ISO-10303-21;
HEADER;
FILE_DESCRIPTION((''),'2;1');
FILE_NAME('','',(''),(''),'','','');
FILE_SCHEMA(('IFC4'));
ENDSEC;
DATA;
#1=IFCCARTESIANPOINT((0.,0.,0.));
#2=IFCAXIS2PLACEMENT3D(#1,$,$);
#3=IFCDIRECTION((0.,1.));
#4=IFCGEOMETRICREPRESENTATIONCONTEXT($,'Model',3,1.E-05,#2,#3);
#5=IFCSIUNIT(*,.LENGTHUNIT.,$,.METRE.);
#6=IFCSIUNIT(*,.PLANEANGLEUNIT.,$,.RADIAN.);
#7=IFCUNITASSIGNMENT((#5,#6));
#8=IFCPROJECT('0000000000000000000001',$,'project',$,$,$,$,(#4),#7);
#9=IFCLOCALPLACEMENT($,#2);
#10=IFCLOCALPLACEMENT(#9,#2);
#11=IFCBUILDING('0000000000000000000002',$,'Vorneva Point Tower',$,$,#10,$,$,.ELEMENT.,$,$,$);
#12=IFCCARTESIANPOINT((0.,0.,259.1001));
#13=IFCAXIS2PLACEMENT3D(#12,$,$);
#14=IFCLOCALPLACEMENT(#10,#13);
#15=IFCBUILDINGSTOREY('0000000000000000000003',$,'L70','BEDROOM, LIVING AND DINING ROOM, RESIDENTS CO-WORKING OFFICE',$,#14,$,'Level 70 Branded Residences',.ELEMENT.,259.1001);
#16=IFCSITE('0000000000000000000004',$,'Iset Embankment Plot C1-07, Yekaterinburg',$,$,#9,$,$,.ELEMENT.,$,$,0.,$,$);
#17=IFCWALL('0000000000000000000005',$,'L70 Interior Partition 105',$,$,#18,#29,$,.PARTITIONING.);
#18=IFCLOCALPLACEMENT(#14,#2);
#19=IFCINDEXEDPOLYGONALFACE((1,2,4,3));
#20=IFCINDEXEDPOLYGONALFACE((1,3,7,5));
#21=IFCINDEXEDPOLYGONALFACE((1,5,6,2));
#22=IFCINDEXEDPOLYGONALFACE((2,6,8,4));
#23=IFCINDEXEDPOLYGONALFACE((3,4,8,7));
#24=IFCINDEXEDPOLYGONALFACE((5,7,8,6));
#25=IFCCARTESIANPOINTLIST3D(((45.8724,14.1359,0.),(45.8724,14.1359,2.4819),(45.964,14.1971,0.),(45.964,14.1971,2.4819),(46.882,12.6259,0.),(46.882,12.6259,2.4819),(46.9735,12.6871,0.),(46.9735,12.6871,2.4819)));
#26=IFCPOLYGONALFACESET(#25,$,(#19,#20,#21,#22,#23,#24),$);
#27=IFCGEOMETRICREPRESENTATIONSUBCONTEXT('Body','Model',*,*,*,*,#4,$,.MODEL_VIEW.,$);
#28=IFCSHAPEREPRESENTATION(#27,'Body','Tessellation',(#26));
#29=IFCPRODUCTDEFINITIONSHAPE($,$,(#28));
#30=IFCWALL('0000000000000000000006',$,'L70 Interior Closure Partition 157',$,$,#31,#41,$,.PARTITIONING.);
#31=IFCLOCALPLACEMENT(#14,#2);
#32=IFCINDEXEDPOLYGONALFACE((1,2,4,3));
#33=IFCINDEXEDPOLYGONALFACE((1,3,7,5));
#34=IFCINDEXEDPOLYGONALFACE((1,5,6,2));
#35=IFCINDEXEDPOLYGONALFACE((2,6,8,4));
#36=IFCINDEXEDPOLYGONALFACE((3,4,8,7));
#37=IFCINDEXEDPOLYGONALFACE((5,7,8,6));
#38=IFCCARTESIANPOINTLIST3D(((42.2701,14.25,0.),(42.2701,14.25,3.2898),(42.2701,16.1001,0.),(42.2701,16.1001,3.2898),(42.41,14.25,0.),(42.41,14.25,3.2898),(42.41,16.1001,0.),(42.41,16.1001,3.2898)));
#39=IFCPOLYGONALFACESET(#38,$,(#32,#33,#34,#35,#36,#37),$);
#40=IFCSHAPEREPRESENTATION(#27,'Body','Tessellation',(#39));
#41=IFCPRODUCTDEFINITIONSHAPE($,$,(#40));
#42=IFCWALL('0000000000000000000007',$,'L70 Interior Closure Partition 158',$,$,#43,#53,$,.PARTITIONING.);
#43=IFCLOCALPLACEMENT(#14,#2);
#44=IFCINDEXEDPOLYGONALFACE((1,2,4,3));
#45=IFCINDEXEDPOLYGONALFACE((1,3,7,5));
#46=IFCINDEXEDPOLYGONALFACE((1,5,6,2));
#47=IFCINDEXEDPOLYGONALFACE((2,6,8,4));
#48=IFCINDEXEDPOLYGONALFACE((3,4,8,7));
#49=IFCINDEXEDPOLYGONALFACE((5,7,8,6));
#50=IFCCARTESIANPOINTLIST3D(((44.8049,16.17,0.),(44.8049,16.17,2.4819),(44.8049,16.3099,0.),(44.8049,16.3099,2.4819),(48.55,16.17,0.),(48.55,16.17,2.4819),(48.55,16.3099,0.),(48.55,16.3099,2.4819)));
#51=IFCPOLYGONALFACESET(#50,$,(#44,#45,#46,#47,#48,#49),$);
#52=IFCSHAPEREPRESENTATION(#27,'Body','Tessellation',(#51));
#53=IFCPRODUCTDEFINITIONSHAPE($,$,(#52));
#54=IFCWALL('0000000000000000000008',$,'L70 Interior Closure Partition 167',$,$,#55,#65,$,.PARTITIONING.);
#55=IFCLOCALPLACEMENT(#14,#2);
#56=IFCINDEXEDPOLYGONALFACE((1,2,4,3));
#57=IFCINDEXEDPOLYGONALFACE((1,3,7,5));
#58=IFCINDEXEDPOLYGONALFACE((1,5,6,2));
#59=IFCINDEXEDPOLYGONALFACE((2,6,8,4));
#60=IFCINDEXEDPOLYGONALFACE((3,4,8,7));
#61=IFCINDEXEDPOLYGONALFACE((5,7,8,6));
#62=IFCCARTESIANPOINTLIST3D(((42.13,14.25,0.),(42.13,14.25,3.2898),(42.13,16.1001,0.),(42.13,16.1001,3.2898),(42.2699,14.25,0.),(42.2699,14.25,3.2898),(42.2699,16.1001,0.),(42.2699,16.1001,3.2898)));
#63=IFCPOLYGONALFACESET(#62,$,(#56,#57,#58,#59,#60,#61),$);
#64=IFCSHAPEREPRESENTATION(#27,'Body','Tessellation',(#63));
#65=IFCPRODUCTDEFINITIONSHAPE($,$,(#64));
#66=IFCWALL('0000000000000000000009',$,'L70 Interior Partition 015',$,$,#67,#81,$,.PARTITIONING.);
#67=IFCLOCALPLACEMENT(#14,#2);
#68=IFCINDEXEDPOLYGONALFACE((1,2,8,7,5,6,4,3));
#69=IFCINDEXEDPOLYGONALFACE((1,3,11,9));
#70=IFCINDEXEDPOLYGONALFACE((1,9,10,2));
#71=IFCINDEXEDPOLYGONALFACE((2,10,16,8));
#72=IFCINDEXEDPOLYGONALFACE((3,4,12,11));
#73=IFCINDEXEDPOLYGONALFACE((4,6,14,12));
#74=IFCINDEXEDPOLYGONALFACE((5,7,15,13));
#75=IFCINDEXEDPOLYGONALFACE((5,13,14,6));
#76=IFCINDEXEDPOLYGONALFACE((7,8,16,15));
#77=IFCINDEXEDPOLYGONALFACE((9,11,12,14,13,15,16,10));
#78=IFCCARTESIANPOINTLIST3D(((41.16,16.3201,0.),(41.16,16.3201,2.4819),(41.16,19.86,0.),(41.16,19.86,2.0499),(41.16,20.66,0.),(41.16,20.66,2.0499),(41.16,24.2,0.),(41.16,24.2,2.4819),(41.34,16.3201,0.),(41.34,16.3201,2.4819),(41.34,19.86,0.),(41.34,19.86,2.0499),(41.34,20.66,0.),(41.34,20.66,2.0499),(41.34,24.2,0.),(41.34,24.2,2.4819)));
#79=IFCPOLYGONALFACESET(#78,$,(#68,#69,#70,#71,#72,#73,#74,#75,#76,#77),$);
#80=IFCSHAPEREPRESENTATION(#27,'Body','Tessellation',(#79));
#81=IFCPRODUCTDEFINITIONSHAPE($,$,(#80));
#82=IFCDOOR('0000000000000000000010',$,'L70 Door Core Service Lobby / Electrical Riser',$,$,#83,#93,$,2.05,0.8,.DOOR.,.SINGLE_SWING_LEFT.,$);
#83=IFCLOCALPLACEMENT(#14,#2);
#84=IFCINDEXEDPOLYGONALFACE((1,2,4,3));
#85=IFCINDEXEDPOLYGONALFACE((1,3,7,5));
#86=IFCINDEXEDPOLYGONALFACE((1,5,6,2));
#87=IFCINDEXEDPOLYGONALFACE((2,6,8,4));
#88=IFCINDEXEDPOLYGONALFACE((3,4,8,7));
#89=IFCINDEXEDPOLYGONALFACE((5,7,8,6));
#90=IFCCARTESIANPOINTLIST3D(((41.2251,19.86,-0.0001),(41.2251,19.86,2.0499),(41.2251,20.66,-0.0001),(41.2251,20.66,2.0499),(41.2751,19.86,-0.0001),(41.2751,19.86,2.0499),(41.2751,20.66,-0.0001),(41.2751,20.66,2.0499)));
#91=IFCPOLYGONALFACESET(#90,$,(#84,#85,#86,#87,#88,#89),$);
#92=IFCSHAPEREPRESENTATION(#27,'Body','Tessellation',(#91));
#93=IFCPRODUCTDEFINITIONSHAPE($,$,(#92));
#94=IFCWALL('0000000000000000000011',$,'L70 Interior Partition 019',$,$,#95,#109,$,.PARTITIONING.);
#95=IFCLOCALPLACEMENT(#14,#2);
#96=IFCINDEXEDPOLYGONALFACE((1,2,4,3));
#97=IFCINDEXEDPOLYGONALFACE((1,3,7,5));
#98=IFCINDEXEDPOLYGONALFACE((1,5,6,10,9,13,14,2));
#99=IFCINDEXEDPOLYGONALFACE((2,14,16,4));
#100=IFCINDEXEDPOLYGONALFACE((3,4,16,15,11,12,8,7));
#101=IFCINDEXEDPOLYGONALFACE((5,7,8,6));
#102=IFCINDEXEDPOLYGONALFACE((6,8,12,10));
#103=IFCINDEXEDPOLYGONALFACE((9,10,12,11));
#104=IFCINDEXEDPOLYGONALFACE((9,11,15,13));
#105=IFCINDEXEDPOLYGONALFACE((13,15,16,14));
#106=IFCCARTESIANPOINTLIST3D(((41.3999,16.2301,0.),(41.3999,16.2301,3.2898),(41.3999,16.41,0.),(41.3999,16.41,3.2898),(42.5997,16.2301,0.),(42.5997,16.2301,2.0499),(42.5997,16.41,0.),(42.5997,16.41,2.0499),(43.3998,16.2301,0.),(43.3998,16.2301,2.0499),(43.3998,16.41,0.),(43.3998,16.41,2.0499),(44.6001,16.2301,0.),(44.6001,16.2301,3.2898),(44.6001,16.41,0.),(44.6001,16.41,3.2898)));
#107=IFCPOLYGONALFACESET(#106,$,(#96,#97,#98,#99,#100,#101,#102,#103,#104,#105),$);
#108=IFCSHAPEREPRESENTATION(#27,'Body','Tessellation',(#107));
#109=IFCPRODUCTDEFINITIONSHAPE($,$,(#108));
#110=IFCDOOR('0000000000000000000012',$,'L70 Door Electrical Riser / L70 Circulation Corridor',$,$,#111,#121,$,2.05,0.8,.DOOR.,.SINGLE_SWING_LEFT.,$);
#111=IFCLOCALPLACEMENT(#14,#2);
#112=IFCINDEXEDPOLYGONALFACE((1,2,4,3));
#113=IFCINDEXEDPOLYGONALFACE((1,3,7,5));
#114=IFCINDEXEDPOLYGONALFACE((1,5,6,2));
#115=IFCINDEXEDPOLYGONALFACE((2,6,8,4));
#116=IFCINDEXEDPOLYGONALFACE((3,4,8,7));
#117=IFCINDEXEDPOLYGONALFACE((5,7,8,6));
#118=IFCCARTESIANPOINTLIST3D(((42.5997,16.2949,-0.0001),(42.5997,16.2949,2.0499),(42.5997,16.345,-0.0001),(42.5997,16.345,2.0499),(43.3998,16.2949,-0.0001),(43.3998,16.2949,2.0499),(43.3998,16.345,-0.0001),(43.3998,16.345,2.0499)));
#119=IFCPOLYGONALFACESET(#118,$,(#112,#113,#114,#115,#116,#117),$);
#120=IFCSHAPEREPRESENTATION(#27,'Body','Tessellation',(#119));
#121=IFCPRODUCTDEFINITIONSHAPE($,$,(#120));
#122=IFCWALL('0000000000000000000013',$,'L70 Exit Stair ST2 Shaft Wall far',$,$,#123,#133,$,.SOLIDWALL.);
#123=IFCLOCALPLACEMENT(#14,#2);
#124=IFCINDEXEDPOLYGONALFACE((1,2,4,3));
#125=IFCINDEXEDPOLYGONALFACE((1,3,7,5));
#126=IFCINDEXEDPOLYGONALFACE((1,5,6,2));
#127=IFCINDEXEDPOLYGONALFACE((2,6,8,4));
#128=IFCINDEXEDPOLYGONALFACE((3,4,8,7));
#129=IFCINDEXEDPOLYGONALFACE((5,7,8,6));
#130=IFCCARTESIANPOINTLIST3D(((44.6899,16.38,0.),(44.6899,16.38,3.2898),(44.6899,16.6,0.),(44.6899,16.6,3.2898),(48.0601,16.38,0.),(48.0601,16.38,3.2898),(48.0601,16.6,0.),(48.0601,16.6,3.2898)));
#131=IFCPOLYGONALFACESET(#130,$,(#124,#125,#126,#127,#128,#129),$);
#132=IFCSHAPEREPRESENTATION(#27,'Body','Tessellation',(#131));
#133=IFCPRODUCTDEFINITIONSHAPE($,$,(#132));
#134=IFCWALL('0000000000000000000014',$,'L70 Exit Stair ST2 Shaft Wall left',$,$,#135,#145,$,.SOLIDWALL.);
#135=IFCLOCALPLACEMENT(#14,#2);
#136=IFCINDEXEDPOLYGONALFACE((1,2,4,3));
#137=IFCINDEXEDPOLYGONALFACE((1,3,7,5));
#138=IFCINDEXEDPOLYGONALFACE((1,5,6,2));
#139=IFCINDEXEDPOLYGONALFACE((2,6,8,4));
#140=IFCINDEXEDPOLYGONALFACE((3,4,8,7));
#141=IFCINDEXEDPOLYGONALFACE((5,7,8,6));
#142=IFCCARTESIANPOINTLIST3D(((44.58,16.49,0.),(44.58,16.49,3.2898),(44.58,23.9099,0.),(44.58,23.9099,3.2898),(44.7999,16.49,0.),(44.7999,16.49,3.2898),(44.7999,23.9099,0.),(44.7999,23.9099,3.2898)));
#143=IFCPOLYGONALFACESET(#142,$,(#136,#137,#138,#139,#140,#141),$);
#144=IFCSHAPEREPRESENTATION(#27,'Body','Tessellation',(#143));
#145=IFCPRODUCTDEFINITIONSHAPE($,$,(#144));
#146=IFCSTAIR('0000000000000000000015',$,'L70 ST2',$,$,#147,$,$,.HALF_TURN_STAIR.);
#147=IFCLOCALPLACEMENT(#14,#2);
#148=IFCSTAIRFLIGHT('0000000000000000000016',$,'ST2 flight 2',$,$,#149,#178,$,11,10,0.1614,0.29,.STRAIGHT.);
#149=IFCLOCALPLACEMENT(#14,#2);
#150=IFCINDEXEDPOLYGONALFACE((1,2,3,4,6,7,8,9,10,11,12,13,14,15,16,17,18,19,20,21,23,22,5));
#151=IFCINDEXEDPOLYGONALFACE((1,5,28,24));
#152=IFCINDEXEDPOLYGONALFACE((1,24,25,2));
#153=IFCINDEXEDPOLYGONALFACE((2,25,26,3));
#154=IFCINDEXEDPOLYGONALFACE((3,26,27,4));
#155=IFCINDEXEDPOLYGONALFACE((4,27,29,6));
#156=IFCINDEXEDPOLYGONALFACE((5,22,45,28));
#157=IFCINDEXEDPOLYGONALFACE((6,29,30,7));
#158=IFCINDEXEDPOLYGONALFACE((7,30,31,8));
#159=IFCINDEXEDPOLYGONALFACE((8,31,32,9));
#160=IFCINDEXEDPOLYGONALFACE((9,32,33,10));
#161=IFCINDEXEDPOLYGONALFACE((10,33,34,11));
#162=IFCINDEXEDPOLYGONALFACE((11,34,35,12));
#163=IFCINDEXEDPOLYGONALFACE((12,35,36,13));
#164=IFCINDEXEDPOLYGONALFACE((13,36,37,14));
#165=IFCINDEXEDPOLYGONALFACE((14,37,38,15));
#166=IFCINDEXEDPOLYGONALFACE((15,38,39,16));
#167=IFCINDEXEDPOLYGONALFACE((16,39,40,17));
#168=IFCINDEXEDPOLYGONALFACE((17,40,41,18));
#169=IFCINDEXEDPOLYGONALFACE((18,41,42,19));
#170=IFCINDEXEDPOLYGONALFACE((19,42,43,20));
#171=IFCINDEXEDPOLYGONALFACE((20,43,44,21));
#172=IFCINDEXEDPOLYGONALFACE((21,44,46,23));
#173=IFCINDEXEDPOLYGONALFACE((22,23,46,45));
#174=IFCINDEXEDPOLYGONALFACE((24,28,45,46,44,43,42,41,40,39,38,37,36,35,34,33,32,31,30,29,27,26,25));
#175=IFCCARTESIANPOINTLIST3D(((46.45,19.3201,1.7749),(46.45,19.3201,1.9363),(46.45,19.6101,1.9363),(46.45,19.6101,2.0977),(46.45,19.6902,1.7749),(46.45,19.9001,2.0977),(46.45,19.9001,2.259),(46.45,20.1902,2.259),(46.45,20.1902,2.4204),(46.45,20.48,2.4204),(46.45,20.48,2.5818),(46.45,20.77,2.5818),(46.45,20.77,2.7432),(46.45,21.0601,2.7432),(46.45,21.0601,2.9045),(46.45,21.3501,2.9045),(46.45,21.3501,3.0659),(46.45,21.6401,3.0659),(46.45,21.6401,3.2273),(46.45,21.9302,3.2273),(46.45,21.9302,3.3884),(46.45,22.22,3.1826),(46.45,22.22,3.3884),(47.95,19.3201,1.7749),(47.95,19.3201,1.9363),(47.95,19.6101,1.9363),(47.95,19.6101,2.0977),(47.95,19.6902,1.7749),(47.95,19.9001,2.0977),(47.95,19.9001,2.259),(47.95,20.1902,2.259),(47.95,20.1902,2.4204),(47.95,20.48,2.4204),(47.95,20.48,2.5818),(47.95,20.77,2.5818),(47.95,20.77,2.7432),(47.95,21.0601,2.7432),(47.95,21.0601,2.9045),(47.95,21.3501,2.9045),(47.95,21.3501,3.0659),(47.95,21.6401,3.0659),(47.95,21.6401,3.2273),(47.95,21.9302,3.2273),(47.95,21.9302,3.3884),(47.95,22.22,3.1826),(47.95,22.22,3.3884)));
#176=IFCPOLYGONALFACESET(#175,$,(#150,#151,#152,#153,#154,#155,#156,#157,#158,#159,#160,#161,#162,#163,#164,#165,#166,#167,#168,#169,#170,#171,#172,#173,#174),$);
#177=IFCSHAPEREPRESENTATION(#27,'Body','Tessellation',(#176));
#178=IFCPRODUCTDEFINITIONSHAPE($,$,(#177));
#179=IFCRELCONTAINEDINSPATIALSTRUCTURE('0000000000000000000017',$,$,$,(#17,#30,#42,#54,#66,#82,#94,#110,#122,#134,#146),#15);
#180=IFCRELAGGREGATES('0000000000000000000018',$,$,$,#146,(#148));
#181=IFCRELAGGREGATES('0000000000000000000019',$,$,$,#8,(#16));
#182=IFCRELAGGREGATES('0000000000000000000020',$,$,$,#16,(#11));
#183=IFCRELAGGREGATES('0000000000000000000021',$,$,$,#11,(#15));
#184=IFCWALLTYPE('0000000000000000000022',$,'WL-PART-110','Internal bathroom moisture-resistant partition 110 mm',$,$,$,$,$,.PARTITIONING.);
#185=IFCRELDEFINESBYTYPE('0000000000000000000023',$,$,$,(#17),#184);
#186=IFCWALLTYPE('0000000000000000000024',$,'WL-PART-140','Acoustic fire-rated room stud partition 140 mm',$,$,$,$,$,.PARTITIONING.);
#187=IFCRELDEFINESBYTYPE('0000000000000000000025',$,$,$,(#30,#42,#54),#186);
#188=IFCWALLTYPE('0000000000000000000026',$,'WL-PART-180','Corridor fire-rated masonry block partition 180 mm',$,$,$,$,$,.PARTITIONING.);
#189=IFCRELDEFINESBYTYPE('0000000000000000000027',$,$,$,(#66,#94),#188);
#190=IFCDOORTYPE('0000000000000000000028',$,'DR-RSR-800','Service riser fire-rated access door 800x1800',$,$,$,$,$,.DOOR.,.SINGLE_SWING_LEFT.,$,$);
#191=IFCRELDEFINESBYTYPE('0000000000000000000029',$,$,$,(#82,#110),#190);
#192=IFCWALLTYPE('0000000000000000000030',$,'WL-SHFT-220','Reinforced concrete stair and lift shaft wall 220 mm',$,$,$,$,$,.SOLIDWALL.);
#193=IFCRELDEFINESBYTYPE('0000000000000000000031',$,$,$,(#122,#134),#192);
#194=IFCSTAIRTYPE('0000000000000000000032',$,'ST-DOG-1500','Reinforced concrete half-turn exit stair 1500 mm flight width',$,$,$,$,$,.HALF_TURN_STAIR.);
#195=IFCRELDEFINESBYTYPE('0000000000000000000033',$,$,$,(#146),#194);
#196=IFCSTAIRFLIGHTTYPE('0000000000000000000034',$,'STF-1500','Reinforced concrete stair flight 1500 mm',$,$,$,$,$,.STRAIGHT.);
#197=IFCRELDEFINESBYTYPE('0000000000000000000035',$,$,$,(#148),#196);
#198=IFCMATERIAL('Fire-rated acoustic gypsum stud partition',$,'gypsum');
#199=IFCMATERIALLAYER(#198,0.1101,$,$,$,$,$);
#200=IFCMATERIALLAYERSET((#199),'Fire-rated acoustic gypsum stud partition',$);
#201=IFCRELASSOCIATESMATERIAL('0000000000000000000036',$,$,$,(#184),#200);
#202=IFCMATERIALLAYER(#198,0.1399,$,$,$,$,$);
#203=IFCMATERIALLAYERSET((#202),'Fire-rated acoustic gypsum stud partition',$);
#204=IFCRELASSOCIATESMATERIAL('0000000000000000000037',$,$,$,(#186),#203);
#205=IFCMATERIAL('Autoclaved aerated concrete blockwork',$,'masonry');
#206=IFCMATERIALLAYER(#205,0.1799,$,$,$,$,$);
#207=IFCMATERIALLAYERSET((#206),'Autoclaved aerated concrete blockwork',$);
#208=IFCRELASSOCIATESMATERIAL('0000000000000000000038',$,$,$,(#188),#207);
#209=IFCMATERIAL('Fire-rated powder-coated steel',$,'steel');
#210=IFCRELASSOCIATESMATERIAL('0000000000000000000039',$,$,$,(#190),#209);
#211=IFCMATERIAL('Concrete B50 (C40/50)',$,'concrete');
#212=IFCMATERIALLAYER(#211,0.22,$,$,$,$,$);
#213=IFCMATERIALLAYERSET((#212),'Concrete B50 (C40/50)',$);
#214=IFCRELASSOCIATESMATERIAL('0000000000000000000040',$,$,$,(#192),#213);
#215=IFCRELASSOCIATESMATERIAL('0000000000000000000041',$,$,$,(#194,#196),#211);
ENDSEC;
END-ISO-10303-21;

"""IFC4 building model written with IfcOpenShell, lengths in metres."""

from ifc_helpers import new_model, si_unit, direction, frame, frame_2d, origin, place, context, subcontext, project, spatial, polyline, rectangle, outline, extrude, material, layer, layer_set, type_object, element, fill, aggregate, save


model = new_model("IFC4")

# Units and contexts
model_context = context("Model", 3, precision=1e-05, world=origin(), true_north=direction((0.0, 1.0)))
body_context = subcontext(model_context, "Body", "Model", "MODEL_VIEW")
ifc_project = project(units=[si_unit("LENGTHUNIT", "METRE"), si_unit("PLANEANGLEUNIT", "RADIAN")], contexts=[model_context])

# Site, building, storey
site_placement = place(None, origin())
site = spatial("IfcSite", under=ifc_project, at=site_placement, Name="Iset Embankment Plot C1-07, Yekaterinburg", CompositionType="ELEMENT", RefElevation=0.0)
building_placement = place(site_placement, origin())
building = spatial("IfcBuilding", under=site, at=building_placement, Name="Vorneva Point Tower", CompositionType="ELEMENT")
storey_placement = place(building_placement, frame((0.0, 0.0, 259.1001)))
storey = spatial("IfcBuildingStorey", under=building, at=storey_placement, Name="L70", Description="BEDROOM, LIVING AND DINING ROOM, RESIDENTS CO-WORKING OFFICE", LongName="Level 70 Branded Residences", CompositionType="ELEMENT", Elevation=259.1001)

# Walls
ifc_material_1 = material(Name="Fire-rated acoustic gypsum stud partition", Category="gypsum")
ifc_layer_1 = layer(ifc_material_1, 0.1101)
ifc_layer_set_1 = layer_set([ifc_layer_1], Name="Fire-rated acoustic gypsum stud partition")
wall_type_1 = type_object("IfcWallType", Name="WL-PART-110", Description="Internal bathroom moisture-resistant partition 110 mm", PredefinedType="PARTITIONING", material=ifc_layer_set_1)
wall_1_placement = place(storey_placement, frame((45.9182, 14.1665, 0.0), z_axis=(0.0, 0.0, 1.0), x_axis=(0.555785, -0.831326, 0.0)))
element("IfcWall", 1, at=wall_1_placement, inside=storey, type_object=wall_type_1, Name="L70 Interior Partition 105", PredefinedType="PARTITIONING", context=body_context, shape_type="SweptSolid", body=[
    extrude(rectangle(XDim=1.8164, YDim=0.1101, at=frame_2d((0.9082, 0.0))), origin(), (0.0, 0.0, 1.0), 2.4819),
])
ifc_layer_2 = layer(ifc_material_1, 0.1399)
ifc_layer_set_2 = layer_set([ifc_layer_2], Name="Fire-rated acoustic gypsum stud partition")
wall_type_2 = type_object("IfcWallType", Name="WL-PART-140", Description="Acoustic fire-rated room stud partition 140 mm", PredefinedType="PARTITIONING", material=ifc_layer_set_2)
wall_2_placement = place(storey_placement, frame((42.3401, 14.25, 0.0), z_axis=(0.0, 0.0, 1.0), x_axis=(0.0, 1.0, 0.0)))
element("IfcWall", 2, at=wall_2_placement, inside=storey, type_object=wall_type_2, Name="L70 Interior Closure Partition 157", PredefinedType="PARTITIONING", context=body_context, shape_type="SweptSolid", body=[
    extrude(rectangle(XDim=1.8501, YDim=0.1399, at=frame_2d((0.925, 0.0))), origin(), (0.0, 0.0, 1.0), 3.2898),
])
wall_3_placement = place(storey_placement, frame((44.8049, 16.24, 0.0), z_axis=(0.0, 0.0, 1.0), x_axis=(1.0, 0.0, 0.0)))
element("IfcWall", 3, at=wall_3_placement, inside=storey, type_object=wall_type_2, Name="L70 Interior Closure Partition 158", PredefinedType="PARTITIONING", context=body_context, shape_type="SweptSolid", body=[
    extrude(rectangle(XDim=3.7451, YDim=0.1399, at=frame_2d((1.8726, 0.0))), origin(), (0.0, 0.0, 1.0), 2.4819),
])
wall_4_placement = place(storey_placement, frame((42.2, 16.1001, 0.0), z_axis=(0.0, 0.0, 1.0), x_axis=(0.0, -1.0, 0.0)))
element("IfcWall", 4, at=wall_4_placement, inside=storey, type_object=wall_type_2, Name="L70 Interior Closure Partition 167", PredefinedType="PARTITIONING", context=body_context, shape_type="SweptSolid", body=[
    extrude(rectangle(XDim=1.8501, YDim=0.1399, at=frame_2d((0.925, 0.0))), origin(), (0.0, 0.0, 1.0), 3.2898),
])

# Walls, openings, doors
ifc_material_2 = material(Name="Autoclaved aerated concrete blockwork", Category="masonry")
ifc_layer_3 = layer(ifc_material_2, 0.1799)
ifc_layer_set_3 = layer_set([ifc_layer_3], Name="Autoclaved aerated concrete blockwork")
wall_type_3 = type_object("IfcWallType", Name="WL-PART-180", Description="Corridor fire-rated masonry block partition 180 mm", PredefinedType="PARTITIONING", material=ifc_layer_set_3)
wall_5_placement = place(storey_placement, frame((41.25, 16.3201, 0.0), z_axis=(0.0, 0.0, 1.0), x_axis=(0.0, 1.0, 0.0)))
wall_5 = element("IfcWall", 5, at=wall_5_placement, inside=storey, type_object=wall_type_3, Name="L70 Interior Partition 015", PredefinedType="PARTITIONING", context=body_context, shape_type="SweptSolid", body=[
    extrude(rectangle(XDim=7.8799, YDim=0.1799, at=frame_2d((3.9399, 0.0))), origin(), (0.0, 0.0, 1.0), 2.4819),
])
opening_1_placement = place(wall_5_placement, frame((3.54, 0.0, 0.0)))
opening_1 = element("IfcOpeningElement", 6, at=opening_1_placement, cuts=wall_5, PredefinedType="OPENING", context=body_context, shape_type="SweptSolid", body=[
    extrude(rectangle(XDim=0.8, YDim=2.05, at=frame_2d((0.3999, 1.0249))), frame((0.0, 0.105, 0.0), z_axis=(0.0, -1.0, 0.0), x_axis=(1.0, 0.0, 0.0)), (0.0, 0.0, 1.0), 0.2097),
])
ifc_material_3 = material(Name="Fire-rated powder-coated steel", Category="steel")
door_type_1 = type_object("IfcDoorType", Name="DR-RSR-800", Description="Service riser fire-rated access door 800x1800", OperationType="SINGLE_SWING_LEFT", PredefinedType="DOOR", material=ifc_material_3)
door_1_placement = place(opening_1_placement, origin())
door_1 = element("IfcDoor", 7, at=door_1_placement, inside=storey, type_object=door_type_1, Name="L70 Door Core Service Lobby / Electrical Riser", OperationType="SINGLE_SWING_LEFT", OverallHeight=2.05, OverallWidth=0.8, PredefinedType="DOOR", context=body_context, shape_type="SweptSolid", body=[
    extrude(rectangle(XDim=0.8, YDim=2.05, at=frame_2d((0.3999, 1.0249))), frame((0.0, 0.0249, 0.0), z_axis=(0.0, -1.0, 0.0), x_axis=(1.0, 0.0, 0.0)), (0.0, 0.0, 1.0), 0.05),
])
fill(opening_1, door_1)
wall_6_placement = place(storey_placement, frame((41.3999, 16.3201, 0.0), z_axis=(0.0, 0.0, 1.0), x_axis=(1.0, 0.0, 0.0)))
wall_6 = element("IfcWall", 8, at=wall_6_placement, inside=storey, type_object=wall_type_3, Name="L70 Interior Partition 019", PredefinedType="PARTITIONING", context=body_context, shape_type="SweptSolid", body=[
    extrude(rectangle(XDim=3.2002, YDim=0.1799, at=frame_2d((1.6001, 0.0))), origin(), (0.0, 0.0, 1.0), 3.2898),
])
opening_2_placement = place(wall_6_placement, frame((1.2, 0.0, 0.0)))
opening_2 = element("IfcOpeningElement", 9, at=opening_2_placement, cuts=wall_6, PredefinedType="OPENING", context=body_context, shape_type="SweptSolid", body=[
    extrude(rectangle(XDim=0.8, YDim=2.05, at=frame_2d((0.3999, 1.0249))), frame((0.0, 0.105, 0.0), z_axis=(0.0, -1.0, 0.0), x_axis=(1.0, 0.0, 0.0)), (0.0, 0.0, 1.0), 0.2097),
])
door_2_placement = place(opening_2_placement, origin())
door_2 = element("IfcDoor", 10, at=door_2_placement, inside=storey, type_object=door_type_1, Name="L70 Door Electrical Riser / L70 Circulation Corridor", OperationType="SINGLE_SWING_LEFT", OverallHeight=2.05, OverallWidth=0.8, PredefinedType="DOOR", context=body_context, shape_type="SweptSolid", body=[
    extrude(rectangle(XDim=0.8, YDim=2.05, at=frame_2d((0.3999, 1.0249))), frame((0.0, 0.0249, 0.0), z_axis=(0.0, -1.0, 0.0), x_axis=(1.0, 0.0, 0.0)), (0.0, 0.0, 1.0), 0.05),
])
fill(opening_2, door_2)

# Walls
ifc_material_4 = material(Name="Concrete B50 (C40/50)", Category="concrete")
ifc_layer_4 = layer(ifc_material_4, 0.22)
ifc_layer_set_4 = layer_set([ifc_layer_4], Name="Concrete B50 (C40/50)")
wall_type_4 = type_object("IfcWallType", Name="WL-SHFT-220", Description="Reinforced concrete stair and lift shaft wall 220 mm", PredefinedType="SOLIDWALL", material=ifc_layer_set_4)
wall_7_placement = place(storey_placement, frame((48.0601, 16.49, 0.0), z_axis=(0.0, 0.0, 1.0), x_axis=(-1.0, 0.0, 0.0)))
element("IfcWall", 11, at=wall_7_placement, inside=storey, type_object=wall_type_4, Name="L70 Exit Stair ST2 Shaft Wall far", PredefinedType="SOLIDWALL", context=body_context, shape_type="SweptSolid", body=[
    extrude(rectangle(XDim=3.3701, YDim=0.22, at=frame_2d((1.6851, 0.0))), origin(), (0.0, 0.0, 1.0), 3.2898),
])
wall_8_placement = place(storey_placement, frame((44.6899, 16.49, 0.0), z_axis=(0.0, 0.0, 1.0), x_axis=(0.0, 1.0, 0.0)))
element("IfcWall", 12, at=wall_8_placement, inside=storey, type_object=wall_type_4, Name="L70 Exit Stair ST2 Shaft Wall left", PredefinedType="SOLIDWALL", context=body_context, shape_type="SweptSolid", body=[
    extrude(rectangle(XDim=7.4199, YDim=0.22, at=frame_2d((3.71, 0.0))), origin(), (0.0, 0.0, 1.0), 3.2898),
])

# Stair, stair flight
stair_type = type_object("IfcStairType", Name="ST-DOG-1500", Description="Reinforced concrete half-turn exit stair 1500 mm flight width", PredefinedType="HALF_TURN_STAIR", material=ifc_material_4)
stair_placement = place(storey_placement, origin())
stair = element("IfcStair", 13, at=stair_placement, inside=storey, type_object=stair_type, Name="L70 ST2", PredefinedType="HALF_TURN_STAIR")
stair_flight_type = type_object("IfcStairFlightType", Name="STF-1500", Description="Reinforced concrete stair flight 1500 mm", PredefinedType="STRAIGHT", material=ifc_material_4)
stair_flight_placement = place(storey_placement, frame((47.2, 19.3201, 1.7749), z_axis=(0.0, 0.0, 1.0), x_axis=(0.0, 1.0, 0.0)))
stair_flight = element("IfcStairFlight", 14, at=stair_flight_placement, type_object=stair_flight_type, Name="ST2 flight 2", NumberOfRisers=11, NumberOfTreads=10, PredefinedType="STRAIGHT", RiserHeight=0.1614, TreadLength=0.29, context=body_context, shape_type="SweptSolid", body=[
    extrude(outline(polyline([(0.0, 0.0), (0.0, 0.1614), (0.29, 0.1614), (0.29, 0.3228), (0.5801, 0.3228), (0.5801, 0.4841), (0.8701, 0.4841), (0.8701, 0.6455), (1.1599, 0.6455), (1.1599, 0.8069), (1.45, 0.8069), (1.45, 0.9683), (1.74, 0.9683), (1.74, 1.1296), (2.03, 1.1296), (2.03, 1.291), (2.3201, 1.291), (2.3201, 1.4524), (2.6101, 1.4524), (2.6101, 1.6135), (2.8999, 1.6135), (2.8999, 1.7749), (2.8999, 1.4077), (0.3701, 0.0), (0.0, 0.0)])), frame((0.0, 0.75, 0.0), z_axis=(0.0, -1.0, 0.0), x_axis=(1.0, 0.0, 0.0)), (0.0, 0.0, 1.0), 1.5),
])
aggregate(stair, [stair_flight])

save(model, "model.ifc")
